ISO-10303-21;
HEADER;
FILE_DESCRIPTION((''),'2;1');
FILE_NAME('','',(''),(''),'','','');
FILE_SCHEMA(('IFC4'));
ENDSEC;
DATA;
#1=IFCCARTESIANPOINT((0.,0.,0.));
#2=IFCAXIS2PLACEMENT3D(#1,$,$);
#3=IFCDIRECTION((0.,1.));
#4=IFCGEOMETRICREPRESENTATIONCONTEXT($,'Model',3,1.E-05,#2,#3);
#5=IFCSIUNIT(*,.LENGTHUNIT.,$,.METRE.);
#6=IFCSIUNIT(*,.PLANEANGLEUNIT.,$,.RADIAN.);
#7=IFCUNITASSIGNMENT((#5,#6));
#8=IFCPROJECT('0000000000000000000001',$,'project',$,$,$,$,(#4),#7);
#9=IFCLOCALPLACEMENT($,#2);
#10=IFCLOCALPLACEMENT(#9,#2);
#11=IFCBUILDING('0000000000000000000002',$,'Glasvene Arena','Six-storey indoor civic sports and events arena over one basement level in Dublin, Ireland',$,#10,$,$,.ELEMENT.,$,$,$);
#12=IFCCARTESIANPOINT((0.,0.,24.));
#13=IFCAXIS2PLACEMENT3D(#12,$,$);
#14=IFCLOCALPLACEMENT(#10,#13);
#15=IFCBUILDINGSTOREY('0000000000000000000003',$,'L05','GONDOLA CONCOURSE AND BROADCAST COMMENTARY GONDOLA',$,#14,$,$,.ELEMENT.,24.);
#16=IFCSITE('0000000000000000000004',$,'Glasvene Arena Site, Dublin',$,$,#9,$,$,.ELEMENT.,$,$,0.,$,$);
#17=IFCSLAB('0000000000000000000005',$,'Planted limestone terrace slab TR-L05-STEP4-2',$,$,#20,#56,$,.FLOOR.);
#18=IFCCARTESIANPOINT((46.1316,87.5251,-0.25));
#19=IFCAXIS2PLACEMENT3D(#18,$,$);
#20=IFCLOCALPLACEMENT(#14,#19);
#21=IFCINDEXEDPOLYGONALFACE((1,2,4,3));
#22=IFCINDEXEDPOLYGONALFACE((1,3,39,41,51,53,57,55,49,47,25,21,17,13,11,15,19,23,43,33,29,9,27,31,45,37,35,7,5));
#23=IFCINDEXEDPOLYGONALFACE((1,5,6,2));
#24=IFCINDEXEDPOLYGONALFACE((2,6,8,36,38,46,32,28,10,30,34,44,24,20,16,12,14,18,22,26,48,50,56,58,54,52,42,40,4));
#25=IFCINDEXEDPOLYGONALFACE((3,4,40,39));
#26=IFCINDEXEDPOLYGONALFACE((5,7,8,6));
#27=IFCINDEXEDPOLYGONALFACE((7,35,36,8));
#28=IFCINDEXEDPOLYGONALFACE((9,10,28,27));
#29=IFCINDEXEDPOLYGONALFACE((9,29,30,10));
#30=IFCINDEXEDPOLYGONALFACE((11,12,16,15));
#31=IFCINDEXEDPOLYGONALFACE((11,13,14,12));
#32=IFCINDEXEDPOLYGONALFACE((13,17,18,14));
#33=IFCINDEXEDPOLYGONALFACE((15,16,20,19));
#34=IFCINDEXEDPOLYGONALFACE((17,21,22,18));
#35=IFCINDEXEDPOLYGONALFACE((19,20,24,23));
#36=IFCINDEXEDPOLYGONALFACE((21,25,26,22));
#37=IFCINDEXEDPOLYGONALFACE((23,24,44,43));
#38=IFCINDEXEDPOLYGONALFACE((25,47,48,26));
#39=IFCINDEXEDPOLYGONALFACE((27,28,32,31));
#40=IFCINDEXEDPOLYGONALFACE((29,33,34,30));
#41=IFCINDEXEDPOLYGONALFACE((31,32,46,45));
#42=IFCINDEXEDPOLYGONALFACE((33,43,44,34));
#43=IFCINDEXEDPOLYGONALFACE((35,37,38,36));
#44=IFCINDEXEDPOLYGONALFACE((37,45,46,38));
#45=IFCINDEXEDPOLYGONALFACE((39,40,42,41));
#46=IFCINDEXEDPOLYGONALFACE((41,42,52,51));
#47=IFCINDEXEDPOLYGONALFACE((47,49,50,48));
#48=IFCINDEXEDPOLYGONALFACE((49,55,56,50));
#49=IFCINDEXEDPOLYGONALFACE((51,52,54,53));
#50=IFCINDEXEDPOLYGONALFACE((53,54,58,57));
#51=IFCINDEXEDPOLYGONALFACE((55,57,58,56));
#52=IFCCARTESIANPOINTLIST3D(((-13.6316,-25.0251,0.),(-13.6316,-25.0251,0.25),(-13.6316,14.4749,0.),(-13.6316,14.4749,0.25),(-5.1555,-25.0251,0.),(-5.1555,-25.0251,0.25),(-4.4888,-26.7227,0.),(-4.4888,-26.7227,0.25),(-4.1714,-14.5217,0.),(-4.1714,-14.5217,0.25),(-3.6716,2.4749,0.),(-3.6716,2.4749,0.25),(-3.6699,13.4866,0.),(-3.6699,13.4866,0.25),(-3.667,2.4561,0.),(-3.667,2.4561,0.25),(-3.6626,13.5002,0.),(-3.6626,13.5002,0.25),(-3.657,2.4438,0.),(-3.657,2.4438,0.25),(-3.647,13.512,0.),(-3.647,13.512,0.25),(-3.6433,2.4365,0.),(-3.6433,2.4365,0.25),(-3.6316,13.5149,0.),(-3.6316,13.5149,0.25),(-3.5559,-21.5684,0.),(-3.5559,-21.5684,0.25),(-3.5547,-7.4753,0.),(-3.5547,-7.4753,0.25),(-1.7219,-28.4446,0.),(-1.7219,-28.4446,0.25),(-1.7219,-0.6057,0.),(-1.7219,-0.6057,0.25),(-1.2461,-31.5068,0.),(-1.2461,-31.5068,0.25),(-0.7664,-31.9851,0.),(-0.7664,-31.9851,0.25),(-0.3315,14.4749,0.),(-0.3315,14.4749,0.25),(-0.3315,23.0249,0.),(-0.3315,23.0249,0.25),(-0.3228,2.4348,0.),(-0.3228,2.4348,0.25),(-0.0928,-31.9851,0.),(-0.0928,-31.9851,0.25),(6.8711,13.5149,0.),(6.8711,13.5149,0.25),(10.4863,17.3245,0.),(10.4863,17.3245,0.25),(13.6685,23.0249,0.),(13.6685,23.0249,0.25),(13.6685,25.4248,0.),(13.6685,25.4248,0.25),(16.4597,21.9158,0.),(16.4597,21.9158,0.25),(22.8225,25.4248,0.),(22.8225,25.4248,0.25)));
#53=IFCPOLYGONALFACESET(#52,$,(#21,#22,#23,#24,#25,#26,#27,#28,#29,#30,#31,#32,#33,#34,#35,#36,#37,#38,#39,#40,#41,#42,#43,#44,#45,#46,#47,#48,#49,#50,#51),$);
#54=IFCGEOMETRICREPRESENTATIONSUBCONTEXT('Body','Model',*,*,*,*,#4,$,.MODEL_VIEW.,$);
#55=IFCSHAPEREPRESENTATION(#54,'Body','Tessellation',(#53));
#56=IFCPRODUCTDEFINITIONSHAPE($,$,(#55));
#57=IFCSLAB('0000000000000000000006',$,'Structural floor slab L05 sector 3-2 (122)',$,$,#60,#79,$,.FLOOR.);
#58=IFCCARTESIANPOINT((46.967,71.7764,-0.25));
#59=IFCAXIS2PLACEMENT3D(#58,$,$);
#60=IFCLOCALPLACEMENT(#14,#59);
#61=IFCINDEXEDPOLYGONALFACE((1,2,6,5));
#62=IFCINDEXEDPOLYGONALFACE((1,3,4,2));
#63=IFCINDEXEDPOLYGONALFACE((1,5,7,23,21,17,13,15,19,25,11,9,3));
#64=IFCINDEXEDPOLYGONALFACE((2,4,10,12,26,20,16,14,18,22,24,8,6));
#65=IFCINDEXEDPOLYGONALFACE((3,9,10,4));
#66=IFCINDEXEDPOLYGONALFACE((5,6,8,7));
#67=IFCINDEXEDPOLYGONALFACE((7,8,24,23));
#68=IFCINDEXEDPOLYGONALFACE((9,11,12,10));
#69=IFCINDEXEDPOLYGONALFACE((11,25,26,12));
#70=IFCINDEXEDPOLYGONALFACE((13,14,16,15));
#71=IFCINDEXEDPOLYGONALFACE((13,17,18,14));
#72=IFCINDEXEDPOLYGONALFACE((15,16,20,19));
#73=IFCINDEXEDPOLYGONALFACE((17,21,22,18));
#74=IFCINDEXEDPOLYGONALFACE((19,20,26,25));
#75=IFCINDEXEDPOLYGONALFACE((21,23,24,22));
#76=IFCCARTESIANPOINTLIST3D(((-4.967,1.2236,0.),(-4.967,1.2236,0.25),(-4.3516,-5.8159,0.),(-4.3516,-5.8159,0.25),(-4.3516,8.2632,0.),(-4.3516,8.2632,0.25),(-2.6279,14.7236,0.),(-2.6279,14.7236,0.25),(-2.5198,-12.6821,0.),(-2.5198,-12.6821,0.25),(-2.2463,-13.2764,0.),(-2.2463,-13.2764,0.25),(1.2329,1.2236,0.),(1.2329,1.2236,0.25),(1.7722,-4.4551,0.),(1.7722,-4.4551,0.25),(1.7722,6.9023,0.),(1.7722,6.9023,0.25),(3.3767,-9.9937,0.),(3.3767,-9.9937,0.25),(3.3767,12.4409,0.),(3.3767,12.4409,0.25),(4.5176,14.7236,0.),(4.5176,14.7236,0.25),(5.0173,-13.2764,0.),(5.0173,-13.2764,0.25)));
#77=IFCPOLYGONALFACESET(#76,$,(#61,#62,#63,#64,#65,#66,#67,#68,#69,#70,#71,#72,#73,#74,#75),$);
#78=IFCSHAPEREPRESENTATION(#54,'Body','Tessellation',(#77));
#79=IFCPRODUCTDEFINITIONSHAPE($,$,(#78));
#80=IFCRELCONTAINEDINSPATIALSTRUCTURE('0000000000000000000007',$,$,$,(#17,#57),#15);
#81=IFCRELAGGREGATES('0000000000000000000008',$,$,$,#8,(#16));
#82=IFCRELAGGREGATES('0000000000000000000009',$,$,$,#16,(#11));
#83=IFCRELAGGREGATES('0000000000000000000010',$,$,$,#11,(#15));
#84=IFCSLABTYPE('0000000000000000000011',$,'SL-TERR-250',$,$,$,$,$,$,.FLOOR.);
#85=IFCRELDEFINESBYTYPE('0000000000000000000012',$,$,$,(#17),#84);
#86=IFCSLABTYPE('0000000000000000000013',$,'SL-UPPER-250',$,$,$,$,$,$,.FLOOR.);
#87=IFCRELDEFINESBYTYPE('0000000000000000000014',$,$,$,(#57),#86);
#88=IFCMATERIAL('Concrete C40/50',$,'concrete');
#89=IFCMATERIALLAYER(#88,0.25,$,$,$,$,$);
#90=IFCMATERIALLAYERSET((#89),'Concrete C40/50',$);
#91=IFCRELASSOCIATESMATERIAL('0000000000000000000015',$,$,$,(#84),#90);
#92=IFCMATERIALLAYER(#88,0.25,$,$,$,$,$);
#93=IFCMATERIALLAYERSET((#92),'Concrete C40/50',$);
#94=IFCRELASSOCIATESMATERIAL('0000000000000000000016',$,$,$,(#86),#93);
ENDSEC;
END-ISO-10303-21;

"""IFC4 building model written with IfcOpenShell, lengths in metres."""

from ifc_helpers import new_model, si_unit, direction, frame, origin, place, context, subcontext, project, spatial, polyline, outline, extrude, material, layer, layer_set, type_object, element, save


model = new_model("IFC4")

# Units and contexts
model_context = context("Model", 3, precision=1e-05, world=origin(), true_north=direction((0.0, 1.0)))
body_context = subcontext(model_context, "Body", "Model", "MODEL_VIEW")
ifc_project = project(units=[si_unit("LENGTHUNIT", "METRE"), si_unit("PLANEANGLEUNIT", "RADIAN")], contexts=[model_context])

# Site, building, storey
site_placement = place(None, origin())
site = spatial("IfcSite", under=ifc_project, at=site_placement, Name="Glasvene Arena Site, Dublin", CompositionType="ELEMENT", RefElevation=0.0)
building_placement = place(site_placement, origin())
building = spatial("IfcBuilding", under=site, at=building_placement, Name="Glasvene Arena", Description="Six-storey indoor civic sports and events arena over one basement level in Dublin, Ireland", CompositionType="ELEMENT")
storey_placement = place(building_placement, frame((0.0, 0.0, 24.0)))
storey = spatial("IfcBuildingStorey", under=building, at=storey_placement, Name="L05", Description="GONDOLA CONCOURSE AND BROADCAST COMMENTARY GONDOLA", CompositionType="ELEMENT", Elevation=24.0)

# Slabs
ifc_material_1 = material(Name="Concrete C40/50", Category="concrete")
ifc_layer_1 = layer(ifc_material_1, 0.25)
ifc_layer_set_1 = layer_set([ifc_layer_1], Name="Concrete C40/50")
slab_type_1 = type_object("IfcSlabType", Name="SL-TERR-250", PredefinedType="FLOOR", material=ifc_layer_set_1)
slab_1_placement = place(storey_placement, frame((46.1316, 87.5251, -0.25)))
element("IfcSlab", 1, at=slab_1_placement, inside=storey, type_object=slab_type_1, Name="Planted limestone terrace slab TR-L05-STEP4-2", PredefinedType="FLOOR", context=body_context, shape_type="SweptSolid", body=[
    extrude(outline(polyline([(-4.4888, -26.7227), (-5.1555, -25.0251), (-13.6316, -25.0251), (-13.6316, 14.4749), (-0.3315, 14.4749), (-0.3315, 23.0249), (13.6685, 23.0249), (13.6685, 25.4248), (22.8225, 25.4248), (16.4597, 21.9158), (10.4863, 17.3245), (6.8711, 13.5149), (-3.6316, 13.5149), (-3.647, 13.512), (-3.6626, 13.5002), (-3.6699, 13.4866), (-3.6716, 2.4749), (-3.667, 2.4561), (-3.657, 2.4438), (-3.6433, 2.4365), (-0.3228, 2.4348), (-1.7219, -0.6057), (-3.5547, -7.4753), (-4.1714, -14.5217), (-3.5559, -21.5684), (-1.7219, -28.4446), (-0.0928, -31.9851), (-0.7664, -31.9851), (-1.2461, -31.5068), (-4.4888, -26.7227)])), origin(), (0.0, 0.0, 1.0), 0.25),
])
ifc_layer_2 = layer(ifc_material_1, 0.25)
ifc_layer_set_2 = layer_set([ifc_layer_2], Name="Concrete C40/50")
slab_type_2 = type_object("IfcSlabType", Name="SL-UPPER-250", PredefinedType="FLOOR", material=ifc_layer_set_2)
slab_2_placement = place(storey_placement, frame((46.967, 71.7764, -0.25)))
element("IfcSlab", 2, at=slab_2_placement, inside=storey, type_object=slab_type_2, Name="Structural floor slab L05 sector 3-2 (122)", PredefinedType="FLOOR", context=body_context, shape_type="SweptSolid", body=[
    extrude(outline(polyline([(-2.5198, -12.6821), (-4.3516, -5.8159), (-4.967, 1.2236), (-4.3516, 8.2632), (-2.6279, 14.7236), (4.5176, 14.7236), (3.3767, 12.4409), (1.7722, 6.9023), (1.2329, 1.2236), (1.7722, -4.4551), (3.3767, -9.9937), (5.0173, -13.2764), (-2.2463, -13.2764), (-2.5198, -12.6821)])), origin(), (0.0, 0.0, 1.0), 0.25),
])

save(model, "model.ifc")
